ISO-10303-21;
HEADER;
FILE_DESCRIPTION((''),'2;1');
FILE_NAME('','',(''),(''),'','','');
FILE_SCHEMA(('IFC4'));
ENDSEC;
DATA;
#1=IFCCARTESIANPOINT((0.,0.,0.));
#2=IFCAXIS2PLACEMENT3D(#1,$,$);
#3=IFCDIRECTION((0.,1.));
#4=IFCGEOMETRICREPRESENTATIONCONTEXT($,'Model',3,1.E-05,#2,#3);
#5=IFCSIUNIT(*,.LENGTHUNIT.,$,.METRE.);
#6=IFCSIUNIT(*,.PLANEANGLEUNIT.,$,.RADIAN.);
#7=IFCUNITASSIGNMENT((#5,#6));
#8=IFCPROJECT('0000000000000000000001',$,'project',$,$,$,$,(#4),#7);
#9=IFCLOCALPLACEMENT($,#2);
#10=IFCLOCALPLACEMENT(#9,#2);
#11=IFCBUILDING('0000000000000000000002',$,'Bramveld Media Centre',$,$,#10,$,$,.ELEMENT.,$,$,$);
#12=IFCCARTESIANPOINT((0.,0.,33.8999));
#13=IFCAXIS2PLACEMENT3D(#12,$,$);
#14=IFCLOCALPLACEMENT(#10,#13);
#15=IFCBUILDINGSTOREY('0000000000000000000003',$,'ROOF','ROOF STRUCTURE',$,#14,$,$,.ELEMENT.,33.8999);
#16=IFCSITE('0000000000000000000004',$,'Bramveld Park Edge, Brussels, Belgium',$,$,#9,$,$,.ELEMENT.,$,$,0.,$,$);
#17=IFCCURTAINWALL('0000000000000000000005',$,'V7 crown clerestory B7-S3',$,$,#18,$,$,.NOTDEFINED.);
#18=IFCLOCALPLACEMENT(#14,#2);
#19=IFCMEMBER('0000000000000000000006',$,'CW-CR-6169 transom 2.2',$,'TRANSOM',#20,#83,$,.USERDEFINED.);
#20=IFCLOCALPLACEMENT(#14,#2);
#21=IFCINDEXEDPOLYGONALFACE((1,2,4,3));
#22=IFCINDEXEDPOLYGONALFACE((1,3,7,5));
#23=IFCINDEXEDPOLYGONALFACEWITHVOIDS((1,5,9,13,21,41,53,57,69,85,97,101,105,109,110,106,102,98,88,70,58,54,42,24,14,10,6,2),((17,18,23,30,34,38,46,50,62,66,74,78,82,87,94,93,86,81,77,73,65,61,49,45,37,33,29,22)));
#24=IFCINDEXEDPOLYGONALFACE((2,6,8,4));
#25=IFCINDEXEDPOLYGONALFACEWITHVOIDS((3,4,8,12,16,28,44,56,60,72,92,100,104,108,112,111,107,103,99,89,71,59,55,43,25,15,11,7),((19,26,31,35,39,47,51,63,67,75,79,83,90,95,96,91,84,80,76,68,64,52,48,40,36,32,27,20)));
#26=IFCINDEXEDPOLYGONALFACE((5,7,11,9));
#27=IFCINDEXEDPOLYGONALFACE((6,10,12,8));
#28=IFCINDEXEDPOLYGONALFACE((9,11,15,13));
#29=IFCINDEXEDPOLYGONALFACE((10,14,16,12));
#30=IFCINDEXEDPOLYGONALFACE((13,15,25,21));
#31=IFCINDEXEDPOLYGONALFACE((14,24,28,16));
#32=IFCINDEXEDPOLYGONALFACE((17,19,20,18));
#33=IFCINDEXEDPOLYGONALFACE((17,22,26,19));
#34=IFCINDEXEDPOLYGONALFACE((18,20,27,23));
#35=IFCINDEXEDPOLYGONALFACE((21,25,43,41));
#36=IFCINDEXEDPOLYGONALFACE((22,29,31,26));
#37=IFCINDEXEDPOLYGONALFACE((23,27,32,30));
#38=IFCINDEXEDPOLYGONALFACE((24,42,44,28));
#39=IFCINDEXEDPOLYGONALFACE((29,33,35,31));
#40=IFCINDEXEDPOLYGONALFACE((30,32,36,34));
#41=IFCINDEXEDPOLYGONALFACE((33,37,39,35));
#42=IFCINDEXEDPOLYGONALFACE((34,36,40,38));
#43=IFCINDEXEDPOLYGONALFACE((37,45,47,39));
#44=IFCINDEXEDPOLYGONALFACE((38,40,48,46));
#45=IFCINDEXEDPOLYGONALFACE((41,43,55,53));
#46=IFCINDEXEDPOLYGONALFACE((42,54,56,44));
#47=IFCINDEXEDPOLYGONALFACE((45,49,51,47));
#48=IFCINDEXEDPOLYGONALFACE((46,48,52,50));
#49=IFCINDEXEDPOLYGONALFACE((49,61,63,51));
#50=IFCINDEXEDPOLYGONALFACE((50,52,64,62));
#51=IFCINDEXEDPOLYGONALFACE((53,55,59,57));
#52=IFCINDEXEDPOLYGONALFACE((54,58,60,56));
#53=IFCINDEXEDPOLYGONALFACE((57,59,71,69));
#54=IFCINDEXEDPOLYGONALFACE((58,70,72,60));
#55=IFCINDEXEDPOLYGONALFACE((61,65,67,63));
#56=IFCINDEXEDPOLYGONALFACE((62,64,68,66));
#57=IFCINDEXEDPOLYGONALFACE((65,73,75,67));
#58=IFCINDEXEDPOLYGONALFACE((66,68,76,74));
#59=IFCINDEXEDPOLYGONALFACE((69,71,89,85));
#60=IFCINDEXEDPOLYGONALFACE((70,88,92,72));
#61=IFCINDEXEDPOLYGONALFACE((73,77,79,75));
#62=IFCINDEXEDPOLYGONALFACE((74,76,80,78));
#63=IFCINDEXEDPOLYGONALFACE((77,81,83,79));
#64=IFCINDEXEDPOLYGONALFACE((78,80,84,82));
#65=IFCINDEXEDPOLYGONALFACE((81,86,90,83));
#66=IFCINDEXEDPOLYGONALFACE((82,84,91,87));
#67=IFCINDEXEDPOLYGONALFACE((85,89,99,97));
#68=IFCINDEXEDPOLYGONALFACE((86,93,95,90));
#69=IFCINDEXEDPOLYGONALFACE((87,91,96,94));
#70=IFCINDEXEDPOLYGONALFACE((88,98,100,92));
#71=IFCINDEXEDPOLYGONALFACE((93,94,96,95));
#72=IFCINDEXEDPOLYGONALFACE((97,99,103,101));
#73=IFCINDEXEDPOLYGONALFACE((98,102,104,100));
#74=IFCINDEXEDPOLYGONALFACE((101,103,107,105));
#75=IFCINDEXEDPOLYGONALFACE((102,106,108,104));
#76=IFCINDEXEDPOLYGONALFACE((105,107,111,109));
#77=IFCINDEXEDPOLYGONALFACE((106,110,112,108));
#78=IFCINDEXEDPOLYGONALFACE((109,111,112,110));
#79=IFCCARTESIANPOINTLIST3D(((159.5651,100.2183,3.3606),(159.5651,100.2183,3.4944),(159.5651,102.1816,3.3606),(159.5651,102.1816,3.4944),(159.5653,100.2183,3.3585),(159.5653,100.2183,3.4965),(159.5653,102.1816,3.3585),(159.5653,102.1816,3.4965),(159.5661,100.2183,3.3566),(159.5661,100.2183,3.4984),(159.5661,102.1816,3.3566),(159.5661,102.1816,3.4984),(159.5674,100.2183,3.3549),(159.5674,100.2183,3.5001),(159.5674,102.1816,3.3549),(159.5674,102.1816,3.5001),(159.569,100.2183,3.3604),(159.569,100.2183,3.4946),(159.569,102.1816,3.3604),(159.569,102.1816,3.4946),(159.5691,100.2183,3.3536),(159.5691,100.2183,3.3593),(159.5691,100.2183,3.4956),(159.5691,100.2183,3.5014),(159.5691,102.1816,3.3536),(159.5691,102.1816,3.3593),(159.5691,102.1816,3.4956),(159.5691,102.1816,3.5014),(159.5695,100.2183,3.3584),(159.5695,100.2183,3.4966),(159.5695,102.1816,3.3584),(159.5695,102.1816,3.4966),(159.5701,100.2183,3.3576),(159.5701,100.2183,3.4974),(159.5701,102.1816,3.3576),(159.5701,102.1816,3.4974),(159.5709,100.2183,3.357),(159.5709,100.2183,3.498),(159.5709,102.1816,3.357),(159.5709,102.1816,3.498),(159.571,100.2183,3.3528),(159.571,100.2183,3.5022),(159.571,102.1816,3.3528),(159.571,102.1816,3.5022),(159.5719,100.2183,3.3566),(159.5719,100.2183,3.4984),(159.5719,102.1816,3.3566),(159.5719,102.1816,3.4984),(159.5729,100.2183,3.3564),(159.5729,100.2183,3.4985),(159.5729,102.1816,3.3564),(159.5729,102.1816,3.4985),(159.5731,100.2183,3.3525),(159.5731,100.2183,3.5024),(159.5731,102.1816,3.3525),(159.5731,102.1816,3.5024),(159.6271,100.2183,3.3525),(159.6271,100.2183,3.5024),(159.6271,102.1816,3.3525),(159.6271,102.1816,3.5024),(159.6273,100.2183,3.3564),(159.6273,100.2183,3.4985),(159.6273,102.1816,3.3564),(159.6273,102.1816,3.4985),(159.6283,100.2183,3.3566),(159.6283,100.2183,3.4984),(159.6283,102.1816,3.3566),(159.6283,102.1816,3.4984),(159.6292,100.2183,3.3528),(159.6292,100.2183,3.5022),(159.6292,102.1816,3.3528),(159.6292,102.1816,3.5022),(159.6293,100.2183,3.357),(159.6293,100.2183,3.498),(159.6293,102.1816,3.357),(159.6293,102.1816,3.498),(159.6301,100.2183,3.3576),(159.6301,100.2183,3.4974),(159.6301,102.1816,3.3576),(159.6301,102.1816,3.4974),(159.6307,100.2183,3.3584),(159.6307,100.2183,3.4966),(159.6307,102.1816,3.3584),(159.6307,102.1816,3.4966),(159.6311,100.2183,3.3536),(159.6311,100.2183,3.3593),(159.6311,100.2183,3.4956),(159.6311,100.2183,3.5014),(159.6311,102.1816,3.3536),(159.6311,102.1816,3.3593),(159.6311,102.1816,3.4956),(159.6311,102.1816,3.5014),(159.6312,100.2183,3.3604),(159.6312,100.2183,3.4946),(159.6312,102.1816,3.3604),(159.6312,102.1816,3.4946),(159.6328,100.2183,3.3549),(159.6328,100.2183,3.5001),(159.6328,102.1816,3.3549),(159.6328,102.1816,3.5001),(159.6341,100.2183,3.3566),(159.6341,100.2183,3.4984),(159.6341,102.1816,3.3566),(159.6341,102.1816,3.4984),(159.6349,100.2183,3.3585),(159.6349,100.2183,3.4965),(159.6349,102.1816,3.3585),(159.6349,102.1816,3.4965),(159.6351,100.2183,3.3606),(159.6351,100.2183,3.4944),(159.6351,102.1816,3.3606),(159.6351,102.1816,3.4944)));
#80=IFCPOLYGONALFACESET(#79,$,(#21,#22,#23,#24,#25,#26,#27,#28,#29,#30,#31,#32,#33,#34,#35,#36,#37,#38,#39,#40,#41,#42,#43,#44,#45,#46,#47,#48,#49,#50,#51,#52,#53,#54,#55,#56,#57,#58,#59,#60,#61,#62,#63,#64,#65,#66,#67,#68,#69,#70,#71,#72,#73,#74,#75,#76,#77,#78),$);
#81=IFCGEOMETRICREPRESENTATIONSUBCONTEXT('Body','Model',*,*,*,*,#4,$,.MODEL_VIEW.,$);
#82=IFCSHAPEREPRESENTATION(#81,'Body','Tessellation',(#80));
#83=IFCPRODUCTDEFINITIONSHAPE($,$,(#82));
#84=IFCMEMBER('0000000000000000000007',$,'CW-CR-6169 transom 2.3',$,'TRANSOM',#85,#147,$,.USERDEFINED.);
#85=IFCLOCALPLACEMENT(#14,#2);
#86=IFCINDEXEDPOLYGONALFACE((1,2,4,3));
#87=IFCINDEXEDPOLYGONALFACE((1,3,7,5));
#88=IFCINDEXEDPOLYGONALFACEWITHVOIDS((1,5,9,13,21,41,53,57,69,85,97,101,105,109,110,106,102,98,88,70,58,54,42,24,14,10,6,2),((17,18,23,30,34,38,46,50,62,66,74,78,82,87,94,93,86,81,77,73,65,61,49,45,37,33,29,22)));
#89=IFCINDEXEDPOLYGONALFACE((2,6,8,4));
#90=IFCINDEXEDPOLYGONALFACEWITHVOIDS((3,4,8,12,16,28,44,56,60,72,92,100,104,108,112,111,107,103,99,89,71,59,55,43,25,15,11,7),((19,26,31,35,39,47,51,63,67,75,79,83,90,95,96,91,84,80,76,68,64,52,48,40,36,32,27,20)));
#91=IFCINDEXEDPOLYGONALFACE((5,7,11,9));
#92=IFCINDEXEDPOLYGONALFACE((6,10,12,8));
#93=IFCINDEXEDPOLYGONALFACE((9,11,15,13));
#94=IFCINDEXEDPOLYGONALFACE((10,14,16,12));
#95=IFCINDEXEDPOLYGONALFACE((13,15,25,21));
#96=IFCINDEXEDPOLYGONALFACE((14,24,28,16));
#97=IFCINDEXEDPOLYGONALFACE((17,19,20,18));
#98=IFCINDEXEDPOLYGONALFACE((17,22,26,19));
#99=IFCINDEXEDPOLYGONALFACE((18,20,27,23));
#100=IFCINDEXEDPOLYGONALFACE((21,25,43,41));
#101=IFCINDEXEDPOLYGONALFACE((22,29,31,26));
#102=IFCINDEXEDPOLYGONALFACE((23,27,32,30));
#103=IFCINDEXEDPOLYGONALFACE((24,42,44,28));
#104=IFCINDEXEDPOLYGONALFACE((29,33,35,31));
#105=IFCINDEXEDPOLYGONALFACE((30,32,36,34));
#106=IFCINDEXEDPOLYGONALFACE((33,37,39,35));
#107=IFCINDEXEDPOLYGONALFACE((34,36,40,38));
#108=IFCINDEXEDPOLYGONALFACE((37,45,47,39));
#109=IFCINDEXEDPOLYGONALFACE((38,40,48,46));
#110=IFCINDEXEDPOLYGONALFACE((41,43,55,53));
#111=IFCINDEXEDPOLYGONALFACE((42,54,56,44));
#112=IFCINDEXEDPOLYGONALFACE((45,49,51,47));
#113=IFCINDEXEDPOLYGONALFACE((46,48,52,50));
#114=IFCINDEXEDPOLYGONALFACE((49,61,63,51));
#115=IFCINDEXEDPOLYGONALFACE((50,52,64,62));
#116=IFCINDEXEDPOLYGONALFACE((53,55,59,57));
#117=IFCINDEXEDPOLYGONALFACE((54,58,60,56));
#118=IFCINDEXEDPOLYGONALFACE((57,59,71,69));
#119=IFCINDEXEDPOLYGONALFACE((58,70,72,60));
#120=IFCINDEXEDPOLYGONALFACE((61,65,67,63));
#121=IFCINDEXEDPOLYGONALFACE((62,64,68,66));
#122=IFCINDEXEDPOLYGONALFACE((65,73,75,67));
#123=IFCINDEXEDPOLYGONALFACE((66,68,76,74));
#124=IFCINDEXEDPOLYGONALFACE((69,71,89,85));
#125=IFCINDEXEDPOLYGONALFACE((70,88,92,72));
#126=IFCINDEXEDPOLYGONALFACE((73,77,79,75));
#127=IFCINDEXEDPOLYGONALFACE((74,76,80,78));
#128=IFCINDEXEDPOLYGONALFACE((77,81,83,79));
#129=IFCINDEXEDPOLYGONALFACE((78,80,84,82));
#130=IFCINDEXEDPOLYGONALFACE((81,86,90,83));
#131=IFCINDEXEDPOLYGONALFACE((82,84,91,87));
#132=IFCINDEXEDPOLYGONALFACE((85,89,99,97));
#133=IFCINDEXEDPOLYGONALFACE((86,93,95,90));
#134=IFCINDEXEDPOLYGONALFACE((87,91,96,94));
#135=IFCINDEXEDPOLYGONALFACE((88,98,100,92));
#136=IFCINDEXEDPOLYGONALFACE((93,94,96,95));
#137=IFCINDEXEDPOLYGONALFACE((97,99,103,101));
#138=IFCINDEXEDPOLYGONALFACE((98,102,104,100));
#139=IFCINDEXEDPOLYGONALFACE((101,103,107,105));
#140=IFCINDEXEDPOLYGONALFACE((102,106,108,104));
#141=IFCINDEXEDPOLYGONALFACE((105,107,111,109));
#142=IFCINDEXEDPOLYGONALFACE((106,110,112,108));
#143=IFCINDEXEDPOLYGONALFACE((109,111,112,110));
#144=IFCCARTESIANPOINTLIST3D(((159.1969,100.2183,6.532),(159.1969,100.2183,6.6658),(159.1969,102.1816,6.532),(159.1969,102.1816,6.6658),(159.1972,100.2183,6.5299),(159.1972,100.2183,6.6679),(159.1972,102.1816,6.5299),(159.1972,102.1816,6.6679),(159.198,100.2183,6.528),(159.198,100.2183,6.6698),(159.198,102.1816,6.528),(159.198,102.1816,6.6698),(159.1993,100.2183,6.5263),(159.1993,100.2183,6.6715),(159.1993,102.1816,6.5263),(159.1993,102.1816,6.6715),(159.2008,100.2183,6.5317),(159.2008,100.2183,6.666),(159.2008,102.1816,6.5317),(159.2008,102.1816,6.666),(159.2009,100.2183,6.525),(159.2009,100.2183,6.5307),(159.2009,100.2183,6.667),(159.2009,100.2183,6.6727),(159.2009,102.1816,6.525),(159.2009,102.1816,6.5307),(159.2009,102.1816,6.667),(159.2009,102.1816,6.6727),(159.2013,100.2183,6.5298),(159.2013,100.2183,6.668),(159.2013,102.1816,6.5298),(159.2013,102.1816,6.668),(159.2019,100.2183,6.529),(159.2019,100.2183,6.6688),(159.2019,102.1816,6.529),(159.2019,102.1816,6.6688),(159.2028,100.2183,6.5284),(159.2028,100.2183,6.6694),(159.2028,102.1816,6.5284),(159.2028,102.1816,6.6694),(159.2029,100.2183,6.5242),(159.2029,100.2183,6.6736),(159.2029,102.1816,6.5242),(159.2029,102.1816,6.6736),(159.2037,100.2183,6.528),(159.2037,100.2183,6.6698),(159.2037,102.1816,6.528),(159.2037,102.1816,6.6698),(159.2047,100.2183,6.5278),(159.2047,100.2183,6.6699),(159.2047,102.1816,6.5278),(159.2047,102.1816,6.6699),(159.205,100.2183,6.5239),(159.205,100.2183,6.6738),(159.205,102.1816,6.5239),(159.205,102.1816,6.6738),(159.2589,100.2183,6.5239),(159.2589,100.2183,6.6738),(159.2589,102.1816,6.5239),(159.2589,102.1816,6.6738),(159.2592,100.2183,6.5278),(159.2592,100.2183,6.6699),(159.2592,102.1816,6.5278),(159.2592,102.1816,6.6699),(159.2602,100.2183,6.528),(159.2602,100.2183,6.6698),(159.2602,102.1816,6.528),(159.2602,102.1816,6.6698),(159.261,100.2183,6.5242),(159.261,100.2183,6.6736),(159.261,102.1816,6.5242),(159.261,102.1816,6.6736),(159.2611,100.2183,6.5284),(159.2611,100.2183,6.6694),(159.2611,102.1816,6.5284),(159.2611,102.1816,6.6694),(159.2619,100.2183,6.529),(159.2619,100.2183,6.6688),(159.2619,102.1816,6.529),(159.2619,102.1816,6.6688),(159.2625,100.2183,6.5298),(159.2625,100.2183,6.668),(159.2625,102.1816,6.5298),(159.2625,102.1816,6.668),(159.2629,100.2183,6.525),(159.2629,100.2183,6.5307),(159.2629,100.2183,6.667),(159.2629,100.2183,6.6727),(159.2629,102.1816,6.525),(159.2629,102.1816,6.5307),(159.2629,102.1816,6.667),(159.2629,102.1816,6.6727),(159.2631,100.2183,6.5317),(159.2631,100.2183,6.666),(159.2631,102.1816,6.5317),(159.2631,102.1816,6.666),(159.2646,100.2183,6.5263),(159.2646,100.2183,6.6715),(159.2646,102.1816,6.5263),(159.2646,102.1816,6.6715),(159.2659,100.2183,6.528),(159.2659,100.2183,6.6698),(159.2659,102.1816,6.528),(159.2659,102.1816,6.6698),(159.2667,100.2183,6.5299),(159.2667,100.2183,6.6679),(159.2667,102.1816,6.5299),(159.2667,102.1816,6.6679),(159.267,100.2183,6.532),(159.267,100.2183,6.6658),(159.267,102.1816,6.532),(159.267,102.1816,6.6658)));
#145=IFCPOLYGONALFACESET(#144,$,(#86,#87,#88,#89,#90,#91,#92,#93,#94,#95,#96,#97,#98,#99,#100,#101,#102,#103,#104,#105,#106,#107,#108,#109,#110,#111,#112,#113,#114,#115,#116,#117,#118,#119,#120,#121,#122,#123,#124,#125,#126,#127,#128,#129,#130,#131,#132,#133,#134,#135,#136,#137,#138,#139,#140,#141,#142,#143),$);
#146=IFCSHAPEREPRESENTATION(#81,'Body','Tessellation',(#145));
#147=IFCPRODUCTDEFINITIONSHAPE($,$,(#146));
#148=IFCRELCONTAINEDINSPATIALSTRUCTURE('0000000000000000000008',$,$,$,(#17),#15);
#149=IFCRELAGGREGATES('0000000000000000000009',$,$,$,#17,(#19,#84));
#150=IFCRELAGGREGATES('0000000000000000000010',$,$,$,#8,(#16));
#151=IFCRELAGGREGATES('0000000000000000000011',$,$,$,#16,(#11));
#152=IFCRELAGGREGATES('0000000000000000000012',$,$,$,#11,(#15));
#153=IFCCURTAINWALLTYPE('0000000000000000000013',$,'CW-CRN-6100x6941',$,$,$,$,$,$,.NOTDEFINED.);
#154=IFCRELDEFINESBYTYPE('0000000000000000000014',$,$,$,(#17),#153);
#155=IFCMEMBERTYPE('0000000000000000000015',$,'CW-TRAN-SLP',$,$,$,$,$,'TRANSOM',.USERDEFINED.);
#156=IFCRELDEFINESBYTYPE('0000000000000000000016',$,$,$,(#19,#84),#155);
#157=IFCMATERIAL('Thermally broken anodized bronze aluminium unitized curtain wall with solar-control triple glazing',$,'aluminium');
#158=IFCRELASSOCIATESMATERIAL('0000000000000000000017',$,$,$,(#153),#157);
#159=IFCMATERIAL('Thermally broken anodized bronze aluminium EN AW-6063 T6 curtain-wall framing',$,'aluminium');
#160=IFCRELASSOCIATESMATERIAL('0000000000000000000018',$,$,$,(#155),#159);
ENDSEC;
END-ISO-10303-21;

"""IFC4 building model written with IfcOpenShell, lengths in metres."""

from ifc_helpers import new_model, si_unit, direction, frame, origin, origin_2d, place, context, subcontext, project, spatial, hollow_rectangle, extrude, material, material_profile, profile_set, type_object, element, aggregate, save


model = new_model("IFC4")

# Units and contexts
model_context = context("Model", 3, precision=1e-05, world=origin(), true_north=direction((0.0, 1.0)))
body_context = subcontext(model_context, "Body", "Model", "MODEL_VIEW")
ifc_project = project(units=[si_unit("LENGTHUNIT", "METRE"), si_unit("PLANEANGLEUNIT", "RADIAN")], contexts=[model_context])

# Site, building, storey
site_placement = place(None, origin())
site = spatial("IfcSite", under=ifc_project, at=site_placement, Name="Bramveld Park Edge, Brussels, Belgium", CompositionType="ELEMENT", RefElevation=0.0)
building_placement = place(site_placement, origin())
building = spatial("IfcBuilding", under=site, at=building_placement, Name="Bramveld Media Centre", CompositionType="ELEMENT")
storey_placement = place(building_placement, frame((0.0, 0.0, 33.8999)))
storey = spatial("IfcBuildingStorey", under=building, at=storey_placement, Name="ROOF", Description="ROOF STRUCTURE", CompositionType="ELEMENT", Elevation=33.8999)

# Curtain wall
ifc_material_1 = material(Name="Thermally broken anodized bronze aluminium unitized curtain wall with solar-control triple glazing", Category="aluminium")
curtain_wall_type = type_object("IfcCurtainWallType", Name="CW-CRN-6100x6941", PredefinedType="NOTDEFINED", material=ifc_material_1)
curtain_wall_1_placement = place(storey_placement, origin())
curtain_wall_1 = element("IfcCurtainWall", 1, at=curtain_wall_1_placement, inside=storey, type_object=curtain_wall_type, Name="V7 crown clerestory B7-S3", PredefinedType="NOTDEFINED")

# Members
ifc_material_2 = material(Name="Thermally broken anodized bronze aluminium EN AW-6063 T6 curtain-wall framing", Category="aluminium")
ifc_material_profile_1 = material_profile(ifc_material_2, hollow_rectangle(XDim=0.0701, YDim=0.1499, WallThickness=0.0039, InnerFilletRadius=0.0039, OuterFilletRadius=0.0081, at=origin_2d()), Name="AL-TRAN 70x150")
ifc_profile_set_1 = profile_set([ifc_material_profile_1], Name="Thermally broken anodized bronze aluminium EN AW-6063 T6 curtain-wall framing")
member_type_1 = type_object("IfcMemberType", Name="CW-TRAN-SLP", ElementType="TRANSOM", PredefinedType="USERDEFINED", material=ifc_profile_set_1)
member_1_placement = place(storey_placement, frame((159.6001, 100.2183, 3.4275), z_axis=(0.0, 1.0, 0.0), x_axis=(-1.0, 0.0, 0.0)))
member_1 = element("IfcMember", 2, at=member_1_placement, type_object=member_type_1, Name="CW-CR-6169 transom 2.2", ObjectType="TRANSOM", PredefinedType="USERDEFINED", context=body_context, shape_type="SweptSolid", body=[
    extrude(hollow_rectangle(XDim=0.0701, YDim=0.1499, WallThickness=0.0039, InnerFilletRadius=0.0039, OuterFilletRadius=0.0081, at=origin_2d()), origin(), (0.0, 0.0, 1.0), 1.9634),
])
member_2_placement = place(storey_placement, frame((159.2319, 100.2183, 6.5989), z_axis=(0.0, 1.0, 0.0), x_axis=(-1.0, 0.0, 0.0)))
member_2 = element("IfcMember", 3, at=member_2_placement, type_object=member_type_1, Name="CW-CR-6169 transom 2.3", ObjectType="TRANSOM", PredefinedType="USERDEFINED", context=body_context, shape_type="SweptSolid", body=[
    extrude(hollow_rectangle(XDim=0.0701, YDim=0.1499, WallThickness=0.0039, InnerFilletRadius=0.0039, OuterFilletRadius=0.0081, at=origin_2d()), origin(), (0.0, 0.0, 1.0), 1.9634),
])

aggregate(curtain_wall_1, [member_1, member_2])

save(model, "model.ifc")
